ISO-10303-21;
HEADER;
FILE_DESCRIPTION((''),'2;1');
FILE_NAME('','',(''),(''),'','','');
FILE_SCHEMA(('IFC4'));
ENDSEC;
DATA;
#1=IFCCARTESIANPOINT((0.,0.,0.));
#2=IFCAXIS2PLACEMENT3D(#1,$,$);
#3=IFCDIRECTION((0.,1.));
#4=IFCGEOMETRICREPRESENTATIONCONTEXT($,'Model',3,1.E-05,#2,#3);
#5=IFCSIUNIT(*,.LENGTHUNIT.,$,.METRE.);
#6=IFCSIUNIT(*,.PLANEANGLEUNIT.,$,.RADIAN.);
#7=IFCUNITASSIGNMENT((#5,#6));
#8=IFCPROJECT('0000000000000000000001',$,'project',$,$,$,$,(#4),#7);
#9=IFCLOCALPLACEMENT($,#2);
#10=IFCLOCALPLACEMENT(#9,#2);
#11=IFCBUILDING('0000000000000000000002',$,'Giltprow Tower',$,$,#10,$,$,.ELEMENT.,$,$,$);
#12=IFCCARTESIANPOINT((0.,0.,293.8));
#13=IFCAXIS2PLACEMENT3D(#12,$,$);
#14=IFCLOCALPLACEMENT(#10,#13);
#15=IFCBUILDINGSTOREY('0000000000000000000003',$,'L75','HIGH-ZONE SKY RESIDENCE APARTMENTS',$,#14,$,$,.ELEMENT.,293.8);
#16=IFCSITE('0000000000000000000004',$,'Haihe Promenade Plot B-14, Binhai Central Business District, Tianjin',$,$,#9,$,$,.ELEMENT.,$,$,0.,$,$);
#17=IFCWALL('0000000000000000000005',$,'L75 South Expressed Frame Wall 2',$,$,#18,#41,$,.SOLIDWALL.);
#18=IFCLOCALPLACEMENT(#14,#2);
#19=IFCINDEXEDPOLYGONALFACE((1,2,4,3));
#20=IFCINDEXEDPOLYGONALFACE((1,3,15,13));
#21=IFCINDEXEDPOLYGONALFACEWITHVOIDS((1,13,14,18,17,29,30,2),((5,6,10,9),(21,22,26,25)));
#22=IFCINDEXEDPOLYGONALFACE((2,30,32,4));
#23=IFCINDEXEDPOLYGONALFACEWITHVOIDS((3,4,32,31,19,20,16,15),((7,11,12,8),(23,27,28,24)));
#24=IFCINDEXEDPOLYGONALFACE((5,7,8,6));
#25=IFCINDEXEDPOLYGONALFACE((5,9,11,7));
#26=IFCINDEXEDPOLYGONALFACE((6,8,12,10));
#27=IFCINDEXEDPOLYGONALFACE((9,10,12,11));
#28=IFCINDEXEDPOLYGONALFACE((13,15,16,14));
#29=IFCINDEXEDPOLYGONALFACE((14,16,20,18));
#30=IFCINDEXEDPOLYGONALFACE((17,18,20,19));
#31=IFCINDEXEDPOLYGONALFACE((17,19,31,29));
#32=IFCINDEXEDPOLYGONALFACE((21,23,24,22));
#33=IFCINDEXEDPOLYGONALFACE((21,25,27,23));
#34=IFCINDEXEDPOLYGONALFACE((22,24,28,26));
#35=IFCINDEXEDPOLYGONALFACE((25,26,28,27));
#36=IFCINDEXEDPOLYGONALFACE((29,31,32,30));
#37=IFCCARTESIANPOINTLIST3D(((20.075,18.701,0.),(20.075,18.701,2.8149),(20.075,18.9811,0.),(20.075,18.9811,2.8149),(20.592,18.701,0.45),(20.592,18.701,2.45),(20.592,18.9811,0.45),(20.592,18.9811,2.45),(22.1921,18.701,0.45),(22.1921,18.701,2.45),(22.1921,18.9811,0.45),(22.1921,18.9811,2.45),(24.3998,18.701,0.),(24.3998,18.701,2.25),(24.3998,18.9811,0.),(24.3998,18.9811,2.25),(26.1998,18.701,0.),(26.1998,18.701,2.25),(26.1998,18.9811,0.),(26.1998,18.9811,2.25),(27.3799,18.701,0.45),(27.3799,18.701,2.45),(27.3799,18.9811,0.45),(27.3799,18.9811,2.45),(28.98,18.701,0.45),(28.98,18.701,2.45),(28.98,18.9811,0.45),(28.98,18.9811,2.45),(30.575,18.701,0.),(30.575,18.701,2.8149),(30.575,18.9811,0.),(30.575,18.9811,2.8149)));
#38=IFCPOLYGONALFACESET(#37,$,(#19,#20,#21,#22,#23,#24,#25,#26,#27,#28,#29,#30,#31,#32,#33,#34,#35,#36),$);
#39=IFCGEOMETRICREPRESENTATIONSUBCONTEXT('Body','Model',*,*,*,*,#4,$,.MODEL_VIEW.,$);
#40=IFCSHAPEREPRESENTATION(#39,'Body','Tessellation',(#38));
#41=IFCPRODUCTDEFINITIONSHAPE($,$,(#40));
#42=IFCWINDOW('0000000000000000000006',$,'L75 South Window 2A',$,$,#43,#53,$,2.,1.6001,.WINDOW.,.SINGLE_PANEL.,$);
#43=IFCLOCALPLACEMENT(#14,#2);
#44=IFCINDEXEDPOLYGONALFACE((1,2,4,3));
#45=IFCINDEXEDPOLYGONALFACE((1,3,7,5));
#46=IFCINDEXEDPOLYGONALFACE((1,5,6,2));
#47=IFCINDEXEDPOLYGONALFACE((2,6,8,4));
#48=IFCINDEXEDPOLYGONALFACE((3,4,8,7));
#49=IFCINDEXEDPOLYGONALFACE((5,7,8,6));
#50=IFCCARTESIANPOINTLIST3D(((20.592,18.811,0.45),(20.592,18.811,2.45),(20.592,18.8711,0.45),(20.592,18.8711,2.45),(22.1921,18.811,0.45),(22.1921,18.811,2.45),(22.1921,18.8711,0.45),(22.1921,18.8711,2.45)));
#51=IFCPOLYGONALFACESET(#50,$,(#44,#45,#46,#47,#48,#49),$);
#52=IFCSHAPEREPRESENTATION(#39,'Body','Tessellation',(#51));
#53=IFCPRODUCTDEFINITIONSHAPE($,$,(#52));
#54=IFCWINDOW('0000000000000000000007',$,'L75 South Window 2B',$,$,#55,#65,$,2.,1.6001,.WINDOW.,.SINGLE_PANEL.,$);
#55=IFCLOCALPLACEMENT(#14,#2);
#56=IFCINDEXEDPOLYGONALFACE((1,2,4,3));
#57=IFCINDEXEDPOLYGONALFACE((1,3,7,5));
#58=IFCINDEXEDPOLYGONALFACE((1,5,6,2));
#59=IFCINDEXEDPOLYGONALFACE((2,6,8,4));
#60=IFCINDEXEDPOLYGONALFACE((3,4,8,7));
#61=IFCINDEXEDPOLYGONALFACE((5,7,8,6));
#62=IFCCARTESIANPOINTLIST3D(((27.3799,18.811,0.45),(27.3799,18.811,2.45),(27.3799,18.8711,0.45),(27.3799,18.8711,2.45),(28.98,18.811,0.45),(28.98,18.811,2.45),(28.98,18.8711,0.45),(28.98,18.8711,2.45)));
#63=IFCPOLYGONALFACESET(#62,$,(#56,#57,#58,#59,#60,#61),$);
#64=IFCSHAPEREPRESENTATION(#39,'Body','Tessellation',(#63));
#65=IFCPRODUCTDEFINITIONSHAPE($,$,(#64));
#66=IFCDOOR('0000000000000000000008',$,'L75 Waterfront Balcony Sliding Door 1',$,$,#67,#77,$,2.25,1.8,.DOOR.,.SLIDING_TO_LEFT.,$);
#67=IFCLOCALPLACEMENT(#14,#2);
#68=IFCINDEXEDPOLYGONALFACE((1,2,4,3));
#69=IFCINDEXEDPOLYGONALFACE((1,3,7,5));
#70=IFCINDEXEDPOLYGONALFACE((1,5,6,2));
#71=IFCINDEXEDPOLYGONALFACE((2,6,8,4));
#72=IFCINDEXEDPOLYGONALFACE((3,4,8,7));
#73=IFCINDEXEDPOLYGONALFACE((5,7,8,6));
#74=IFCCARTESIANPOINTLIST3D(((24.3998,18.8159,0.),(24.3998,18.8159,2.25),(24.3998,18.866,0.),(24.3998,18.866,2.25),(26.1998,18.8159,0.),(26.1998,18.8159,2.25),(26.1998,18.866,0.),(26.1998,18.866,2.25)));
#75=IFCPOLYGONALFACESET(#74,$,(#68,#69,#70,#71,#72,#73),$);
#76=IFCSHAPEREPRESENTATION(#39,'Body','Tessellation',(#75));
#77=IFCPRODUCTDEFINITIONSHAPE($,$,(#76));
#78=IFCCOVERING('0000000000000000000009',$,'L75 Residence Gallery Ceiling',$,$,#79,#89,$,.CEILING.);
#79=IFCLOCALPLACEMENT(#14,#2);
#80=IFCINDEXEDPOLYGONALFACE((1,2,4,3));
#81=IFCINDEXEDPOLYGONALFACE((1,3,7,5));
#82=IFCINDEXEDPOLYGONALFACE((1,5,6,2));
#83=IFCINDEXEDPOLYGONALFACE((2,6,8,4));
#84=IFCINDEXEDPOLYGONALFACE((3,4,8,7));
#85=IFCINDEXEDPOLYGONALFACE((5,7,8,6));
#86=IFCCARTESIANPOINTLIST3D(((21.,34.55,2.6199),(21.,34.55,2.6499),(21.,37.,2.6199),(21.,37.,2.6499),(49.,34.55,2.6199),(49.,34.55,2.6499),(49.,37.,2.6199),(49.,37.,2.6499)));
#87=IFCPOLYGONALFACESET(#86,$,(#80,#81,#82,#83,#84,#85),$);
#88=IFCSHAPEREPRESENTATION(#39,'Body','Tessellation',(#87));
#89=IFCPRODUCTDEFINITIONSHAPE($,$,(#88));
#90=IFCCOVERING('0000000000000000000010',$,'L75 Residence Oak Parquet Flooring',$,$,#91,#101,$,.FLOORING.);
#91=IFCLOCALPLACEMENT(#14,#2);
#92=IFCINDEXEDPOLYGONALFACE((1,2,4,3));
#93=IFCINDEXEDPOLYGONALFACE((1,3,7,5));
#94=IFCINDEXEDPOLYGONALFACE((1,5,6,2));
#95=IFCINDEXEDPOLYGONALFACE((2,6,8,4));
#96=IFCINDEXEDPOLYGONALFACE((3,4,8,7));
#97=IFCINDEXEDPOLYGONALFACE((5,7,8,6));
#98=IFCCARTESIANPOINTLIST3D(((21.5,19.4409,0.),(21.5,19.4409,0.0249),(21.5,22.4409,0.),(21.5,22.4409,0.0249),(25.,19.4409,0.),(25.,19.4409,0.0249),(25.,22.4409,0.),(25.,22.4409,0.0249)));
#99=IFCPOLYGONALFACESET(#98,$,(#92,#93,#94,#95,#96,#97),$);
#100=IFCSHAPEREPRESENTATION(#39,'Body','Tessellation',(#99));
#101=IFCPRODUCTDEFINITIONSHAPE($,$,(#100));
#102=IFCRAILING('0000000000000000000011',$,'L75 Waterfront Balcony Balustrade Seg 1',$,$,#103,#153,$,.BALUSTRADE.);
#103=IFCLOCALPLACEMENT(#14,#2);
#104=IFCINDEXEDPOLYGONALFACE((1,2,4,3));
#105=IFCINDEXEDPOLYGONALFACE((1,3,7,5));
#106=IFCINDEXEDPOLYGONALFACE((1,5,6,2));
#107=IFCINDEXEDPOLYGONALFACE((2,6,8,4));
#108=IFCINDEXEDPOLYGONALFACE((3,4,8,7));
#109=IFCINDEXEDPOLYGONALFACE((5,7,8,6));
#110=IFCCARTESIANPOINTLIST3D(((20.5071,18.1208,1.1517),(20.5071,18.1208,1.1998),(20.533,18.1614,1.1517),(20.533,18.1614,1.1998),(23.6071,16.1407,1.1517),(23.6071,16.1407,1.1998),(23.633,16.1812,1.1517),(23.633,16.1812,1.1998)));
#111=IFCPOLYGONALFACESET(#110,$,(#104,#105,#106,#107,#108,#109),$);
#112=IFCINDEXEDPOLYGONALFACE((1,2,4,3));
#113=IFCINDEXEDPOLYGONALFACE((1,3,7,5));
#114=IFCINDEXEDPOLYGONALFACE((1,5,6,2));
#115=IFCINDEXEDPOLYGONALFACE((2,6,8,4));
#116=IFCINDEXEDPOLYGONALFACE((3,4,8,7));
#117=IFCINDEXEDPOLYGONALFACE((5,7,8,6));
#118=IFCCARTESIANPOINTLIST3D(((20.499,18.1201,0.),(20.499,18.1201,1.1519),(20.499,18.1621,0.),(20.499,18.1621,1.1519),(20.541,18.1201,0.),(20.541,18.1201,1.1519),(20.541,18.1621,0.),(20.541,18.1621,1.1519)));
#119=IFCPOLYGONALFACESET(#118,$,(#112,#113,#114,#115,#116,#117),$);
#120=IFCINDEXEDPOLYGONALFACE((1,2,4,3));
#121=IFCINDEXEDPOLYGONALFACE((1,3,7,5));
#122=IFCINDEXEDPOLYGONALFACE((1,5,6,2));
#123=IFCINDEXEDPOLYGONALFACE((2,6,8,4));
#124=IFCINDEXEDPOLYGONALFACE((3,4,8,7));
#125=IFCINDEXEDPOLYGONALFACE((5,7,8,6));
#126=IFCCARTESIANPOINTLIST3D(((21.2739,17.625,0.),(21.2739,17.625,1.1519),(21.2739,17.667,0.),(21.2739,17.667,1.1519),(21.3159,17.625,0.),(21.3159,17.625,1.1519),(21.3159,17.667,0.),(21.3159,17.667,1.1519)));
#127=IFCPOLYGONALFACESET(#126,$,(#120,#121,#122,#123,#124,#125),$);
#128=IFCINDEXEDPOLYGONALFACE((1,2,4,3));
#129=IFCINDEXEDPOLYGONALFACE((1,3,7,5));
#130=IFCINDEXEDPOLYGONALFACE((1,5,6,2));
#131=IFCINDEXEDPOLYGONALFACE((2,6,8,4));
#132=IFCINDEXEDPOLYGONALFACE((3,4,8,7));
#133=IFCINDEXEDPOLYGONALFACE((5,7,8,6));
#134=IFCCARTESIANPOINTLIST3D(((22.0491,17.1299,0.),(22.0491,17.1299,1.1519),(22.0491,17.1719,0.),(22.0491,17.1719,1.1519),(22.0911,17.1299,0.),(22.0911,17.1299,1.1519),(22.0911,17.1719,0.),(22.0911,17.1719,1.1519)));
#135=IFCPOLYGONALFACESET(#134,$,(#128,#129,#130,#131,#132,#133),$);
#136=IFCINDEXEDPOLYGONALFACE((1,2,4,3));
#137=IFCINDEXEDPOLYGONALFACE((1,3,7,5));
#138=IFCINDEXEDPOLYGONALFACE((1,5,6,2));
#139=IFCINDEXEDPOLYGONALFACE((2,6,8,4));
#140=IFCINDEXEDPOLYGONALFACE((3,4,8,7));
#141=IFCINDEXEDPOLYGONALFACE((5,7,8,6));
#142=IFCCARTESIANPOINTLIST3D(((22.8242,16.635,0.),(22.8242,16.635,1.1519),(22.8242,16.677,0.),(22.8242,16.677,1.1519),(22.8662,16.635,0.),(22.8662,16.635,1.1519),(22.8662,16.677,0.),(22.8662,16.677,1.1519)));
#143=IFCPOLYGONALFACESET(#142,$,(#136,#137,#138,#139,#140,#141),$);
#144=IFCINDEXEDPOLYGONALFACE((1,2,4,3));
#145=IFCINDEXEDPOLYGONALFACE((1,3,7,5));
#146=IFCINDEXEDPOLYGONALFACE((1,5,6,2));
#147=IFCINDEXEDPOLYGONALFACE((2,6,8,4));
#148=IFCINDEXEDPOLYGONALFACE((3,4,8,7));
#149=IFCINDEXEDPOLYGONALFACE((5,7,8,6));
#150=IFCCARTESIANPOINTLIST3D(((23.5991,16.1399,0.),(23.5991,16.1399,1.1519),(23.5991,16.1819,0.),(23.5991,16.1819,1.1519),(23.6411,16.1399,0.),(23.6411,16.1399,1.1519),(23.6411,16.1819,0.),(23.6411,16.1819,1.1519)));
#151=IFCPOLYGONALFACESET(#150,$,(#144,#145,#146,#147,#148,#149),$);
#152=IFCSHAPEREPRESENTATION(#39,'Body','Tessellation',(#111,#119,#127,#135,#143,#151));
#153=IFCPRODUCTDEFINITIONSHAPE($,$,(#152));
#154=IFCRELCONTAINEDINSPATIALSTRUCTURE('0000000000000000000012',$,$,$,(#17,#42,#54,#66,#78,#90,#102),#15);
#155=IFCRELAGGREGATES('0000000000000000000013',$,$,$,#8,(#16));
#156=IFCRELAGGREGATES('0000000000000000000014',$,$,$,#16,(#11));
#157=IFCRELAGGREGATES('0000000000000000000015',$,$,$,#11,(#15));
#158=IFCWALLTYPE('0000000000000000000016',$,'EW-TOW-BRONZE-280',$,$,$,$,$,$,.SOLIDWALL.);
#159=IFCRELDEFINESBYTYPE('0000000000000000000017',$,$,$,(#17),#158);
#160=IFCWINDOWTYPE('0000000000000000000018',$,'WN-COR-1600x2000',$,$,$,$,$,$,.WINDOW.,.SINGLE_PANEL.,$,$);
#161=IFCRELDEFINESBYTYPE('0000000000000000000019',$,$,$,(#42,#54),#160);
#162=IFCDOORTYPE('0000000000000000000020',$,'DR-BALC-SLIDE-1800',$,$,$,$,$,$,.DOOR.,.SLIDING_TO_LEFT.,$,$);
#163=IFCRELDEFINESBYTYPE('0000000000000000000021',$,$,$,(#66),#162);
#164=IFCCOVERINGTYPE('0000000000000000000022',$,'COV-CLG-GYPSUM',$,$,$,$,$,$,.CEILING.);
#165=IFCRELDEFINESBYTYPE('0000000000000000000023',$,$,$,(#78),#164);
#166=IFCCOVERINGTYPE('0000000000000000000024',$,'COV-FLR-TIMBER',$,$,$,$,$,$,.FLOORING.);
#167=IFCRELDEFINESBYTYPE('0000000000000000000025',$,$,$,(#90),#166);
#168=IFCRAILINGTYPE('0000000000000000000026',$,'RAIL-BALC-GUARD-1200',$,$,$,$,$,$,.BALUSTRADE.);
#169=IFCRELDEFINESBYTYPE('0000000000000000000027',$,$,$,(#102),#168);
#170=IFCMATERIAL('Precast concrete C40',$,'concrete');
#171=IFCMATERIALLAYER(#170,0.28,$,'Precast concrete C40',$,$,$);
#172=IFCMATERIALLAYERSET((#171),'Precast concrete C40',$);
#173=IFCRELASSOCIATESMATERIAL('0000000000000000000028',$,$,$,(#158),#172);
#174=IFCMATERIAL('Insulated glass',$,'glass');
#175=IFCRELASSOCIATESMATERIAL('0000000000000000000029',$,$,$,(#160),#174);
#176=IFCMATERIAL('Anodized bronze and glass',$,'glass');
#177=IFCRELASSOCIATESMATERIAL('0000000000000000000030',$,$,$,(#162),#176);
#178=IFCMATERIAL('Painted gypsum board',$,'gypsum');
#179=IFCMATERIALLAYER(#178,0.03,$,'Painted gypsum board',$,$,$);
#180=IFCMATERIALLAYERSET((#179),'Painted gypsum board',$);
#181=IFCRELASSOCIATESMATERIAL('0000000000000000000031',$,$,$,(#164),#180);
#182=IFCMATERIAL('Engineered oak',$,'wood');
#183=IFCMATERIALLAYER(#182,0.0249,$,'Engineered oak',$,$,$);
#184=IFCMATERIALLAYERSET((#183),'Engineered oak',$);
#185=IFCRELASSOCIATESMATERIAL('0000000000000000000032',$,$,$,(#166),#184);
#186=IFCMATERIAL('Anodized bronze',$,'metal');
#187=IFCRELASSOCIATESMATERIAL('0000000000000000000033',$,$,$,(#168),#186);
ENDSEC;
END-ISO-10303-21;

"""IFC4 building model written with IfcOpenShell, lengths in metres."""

from ifc_helpers import new_model, si_unit, direction, frame, frame_2d, origin, origin_2d, place, context, subcontext, project, spatial, polyline, rectangle, outline, extrude, source, transform, mapped, material, layer, layer_set, type_object, element, fill, save


model = new_model("IFC4")

# Units and contexts
model_context = context("Model", 3, precision=1e-05, world=origin(), true_north=direction((0.0, 1.0)))
body_context = subcontext(model_context, "Body", "Model", "MODEL_VIEW")
ifc_project = project(units=[si_unit("LENGTHUNIT", "METRE"), si_unit("PLANEANGLEUNIT", "RADIAN")], contexts=[model_context])

# Site, building, storey
site_placement = place(None, origin())
site = spatial("IfcSite", under=ifc_project, at=site_placement, Name="Haihe Promenade Plot B-14, Binhai Central Business District, Tianjin", CompositionType="ELEMENT", RefElevation=0.0)
building_placement = place(site_placement, origin())
building = spatial("IfcBuilding", under=site, at=building_placement, Name="Giltprow Tower", CompositionType="ELEMENT")
storey_placement = place(building_placement, frame((0.0, 0.0, 293.8)))
storey = spatial("IfcBuildingStorey", under=building, at=storey_placement, Name="L75", Description="HIGH-ZONE SKY RESIDENCE APARTMENTS", CompositionType="ELEMENT", Elevation=293.8)

# Shared definitions
ifc_material_1 = material(Name="Anodized bronze", Category="metal")

# Shared definitions
ifc_material_2 = material(Name="Insulated glass", Category="glass")

# Wall, openings, windows, door
ifc_material_3 = material(Name="Precast concrete C40", Category="concrete")
ifc_layer_1 = layer(ifc_material_3, 0.28, Name="Precast concrete C40")
ifc_layer_set_1 = layer_set([ifc_layer_1], Name="Precast concrete C40")
wall_type = type_object("IfcWallType", Name="EW-TOW-BRONZE-280", PredefinedType="SOLIDWALL", material=ifc_layer_set_1)
wall_placement = place(storey_placement, frame((20.075, 18.8411, 0.0), z_axis=(0.0, 0.0, 1.0), x_axis=(1.0, 0.0, 0.0)))
wall = element("IfcWall", 1, at=wall_placement, inside=storey, type_object=wall_type, Name="L75 South Expressed Frame Wall 2", PredefinedType="SOLIDWALL", context=body_context, shape_type="SweptSolid", body=[
    extrude(rectangle(XDim=10.5, YDim=0.28, at=frame_2d((5.25, 0.0))), origin(), (0.0, 0.0, 1.0), 2.8149),
])
opening_1_placement = place(wall_placement, frame((4.325, 0.0, 0.0)))
opening_1 = element("IfcOpeningElement", 2, at=opening_1_placement, cuts=wall, PredefinedType="OPENING", context=body_context, shape_type="SweptSolid", body=[
    extrude(rectangle(XDim=1.8, YDim=2.25, at=frame_2d((0.8999, 1.125))), frame((0.0, 0.1499, 0.0), z_axis=(0.0, -1.0, 0.0), x_axis=(1.0, 0.0, 0.0)), (0.0, 0.0, 1.0), 0.3),
])
opening_2_placement = place(wall_placement, frame((0.5171, 0.0, 0.45)))
opening_2 = element("IfcOpeningElement", 3, at=opening_2_placement, cuts=wall, PredefinedType="OPENING", context=body_context, shape_type="SweptSolid", body=[
    extrude(rectangle(XDim=1.6001, YDim=2.0, at=frame_2d((0.8, 1.0))), frame((0.0, 0.1499, 0.0), z_axis=(0.0, -1.0, 0.0), x_axis=(1.0, 0.0, 0.0)), (0.0, 0.0, 1.0), 0.3),
])
opening_3_placement = place(wall_placement, frame((7.3049, 0.0, 0.45)))
opening_3 = element("IfcOpeningElement", 4, at=opening_3_placement, cuts=wall, PredefinedType="OPENING", context=body_context, shape_type="SweptSolid", body=[
    extrude(rectangle(XDim=1.6001, YDim=2.0, at=frame_2d((0.8, 1.0))), frame((0.0, 0.1499, 0.0), z_axis=(0.0, -1.0, 0.0), x_axis=(1.0, 0.0, 0.0)), (0.0, 0.0, 1.0), 0.3),
])
window_type = type_object("IfcWindowType", Name="WN-COR-1600x2000", PartitioningType="SINGLE_PANEL", PredefinedType="WINDOW", material=ifc_material_2)
shared_shape_1 = source(origin(), body_context, "Body", "SweptSolid", [
    extrude(rectangle(XDim=1.6001, YDim=2.0, at=frame_2d((0.8, 1.0))), frame((0.0, 0.03, 0.0), z_axis=(0.0, -1.0, 0.0), x_axis=(1.0, 0.0, 0.0)), (0.0, 0.0, 1.0), 0.0601),
])
window_1_placement = place(opening_2_placement, origin())
window_1 = element("IfcWindow", 5, at=window_1_placement, inside=storey, type_object=window_type, Name="L75 South Window 2A", OverallHeight=2.0, OverallWidth=1.6001, PartitioningType="SINGLE_PANEL", PredefinedType="WINDOW", context=body_context, shape_type="MappedRepresentation", body=[
    mapped(shared_shape_1, transform((0.0, 0.0, 0.0), x_axis=(1.0, 0.0, 0.0), y_axis=(0.0, 1.0, 0.0), z_axis=(0.0, 0.0, 1.0), scale=1.0)),
])
fill(opening_2, window_1)
window_2_placement = place(opening_3_placement, origin())
window_2 = element("IfcWindow", 6, at=window_2_placement, inside=storey, type_object=window_type, Name="L75 South Window 2B", OverallHeight=2.0, OverallWidth=1.6001, PartitioningType="SINGLE_PANEL", PredefinedType="WINDOW", context=body_context, shape_type="MappedRepresentation", body=[
    mapped(shared_shape_1, transform((0.0, 0.0, 0.0), x_axis=(1.0, 0.0, 0.0), y_axis=(0.0, 1.0, 0.0), z_axis=(0.0, 0.0, 1.0), scale=1.0)),
])
fill(opening_3, window_2)
ifc_material_4 = material(Name="Anodized bronze and glass", Category="glass")
door_type = type_object("IfcDoorType", Name="DR-BALC-SLIDE-1800", OperationType="SLIDING_TO_LEFT", PredefinedType="DOOR", material=ifc_material_4)
shared_shape_2 = source(origin(), body_context, "Body", "SweptSolid", [
    extrude(rectangle(XDim=1.8, YDim=2.25, at=frame_2d((0.8999, 1.125))), frame((0.0, 0.0249, 0.0), z_axis=(0.0, -1.0, 0.0), x_axis=(1.0, 0.0, 0.0)), (0.0, 0.0, 1.0), 0.05),
])
door_placement = place(opening_1_placement, origin())
door = element("IfcDoor", 7, at=door_placement, inside=storey, type_object=door_type, Name="L75 Waterfront Balcony Sliding Door 1", OperationType="SLIDING_TO_LEFT", OverallHeight=2.25, OverallWidth=1.8, PredefinedType="DOOR", context=body_context, shape_type="MappedRepresentation", body=[
    mapped(shared_shape_2, transform((0.0, 0.0, 0.0), x_axis=(1.0, 0.0, 0.0), y_axis=(0.0, 1.0, 0.0), z_axis=(0.0, 0.0, 1.0), scale=1.0)),
])
fill(opening_1, door)

# Coverings
ifc_material_5 = material(Name="Painted gypsum board", Category="gypsum")
ifc_layer_2 = layer(ifc_material_5, 0.03, Name="Painted gypsum board")
ifc_layer_set_2 = layer_set([ifc_layer_2], Name="Painted gypsum board")
covering_type_1 = type_object("IfcCoveringType", Name="COV-CLG-GYPSUM", PredefinedType="CEILING", material=ifc_layer_set_2)
covering_1_placement = place(storey_placement, frame((0.0, 0.0, 2.6199)))
element("IfcCovering", 8, at=covering_1_placement, inside=storey, type_object=covering_type_1, Name="L75 Residence Gallery Ceiling", PredefinedType="CEILING", context=body_context, shape_type="SweptSolid", body=[
    extrude(outline(polyline([(21.0, 34.55), (49.0, 34.55), (49.0, 37.0), (21.0, 37.0), (21.0, 34.55)])), origin(), (0.0, 0.0, 1.0), 0.03),
])
ifc_material_6 = material(Name="Engineered oak", Category="wood")
ifc_layer_3 = layer(ifc_material_6, 0.0249, Name="Engineered oak")
ifc_layer_set_3 = layer_set([ifc_layer_3], Name="Engineered oak")
covering_type_2 = type_object("IfcCoveringType", Name="COV-FLR-TIMBER", PredefinedType="FLOORING", material=ifc_layer_set_3)
covering_2_placement = place(storey_placement, origin())
element("IfcCovering", 9, at=covering_2_placement, inside=storey, type_object=covering_type_2, Name="L75 Residence Oak Parquet Flooring", PredefinedType="FLOORING", context=body_context, shape_type="SweptSolid", body=[
    extrude(outline(polyline([(21.5, 19.4409), (25.0, 19.4409), (25.0, 22.4409), (21.5, 22.4409), (21.5, 19.4409)])), origin(), (0.0, 0.0, 1.0), 0.0249),
])

# Railing
railing_type = type_object("IfcRailingType", Name="RAIL-BALC-GUARD-1200", PredefinedType="BALUSTRADE", material=ifc_material_1)
railing_1_placement = place(storey_placement, frame((20.52, 18.1411, 0.0)))
element("IfcRailing", 10, at=railing_1_placement, inside=storey, type_object=railing_type, Name="L75 Waterfront Balcony Balustrade Seg 1", PredefinedType="BALUSTRADE", context=body_context, shape_type="SweptSolid", body=[
    extrude(rectangle(XDim=0.0481, YDim=0.0481, at=origin_2d()), frame((0.0, 0.0, 1.1758), z_axis=(0.842745, -0.538313, 0.0), x_axis=(0.538313, 0.842745, 0.0)), (0.0, 0.0, 1.0), 3.6785),
    extrude(rectangle(XDim=0.042, YDim=0.042, at=origin_2d()), origin(), (0.0, 0.0, 1.0), 1.1519),
    extrude(rectangle(XDim=0.042, YDim=0.042, at=origin_2d()), frame((0.7749, -0.4951, 0.0)), (0.0, 0.0, 1.0), 1.1519),
    extrude(rectangle(XDim=0.042, YDim=0.042, at=origin_2d()), frame((1.55, -0.9902, 0.0)), (0.0, 0.0, 1.0), 1.1519),
    extrude(rectangle(XDim=0.042, YDim=0.042, at=origin_2d()), frame((2.3252, -1.4851, 0.0)), (0.0, 0.0, 1.0), 1.1519),
    extrude(rectangle(XDim=0.042, YDim=0.042, at=origin_2d()), frame((3.1001, -1.9802, 0.0)), (0.0, 0.0, 1.0), 1.1519),
])

save(model, "model.ifc")
